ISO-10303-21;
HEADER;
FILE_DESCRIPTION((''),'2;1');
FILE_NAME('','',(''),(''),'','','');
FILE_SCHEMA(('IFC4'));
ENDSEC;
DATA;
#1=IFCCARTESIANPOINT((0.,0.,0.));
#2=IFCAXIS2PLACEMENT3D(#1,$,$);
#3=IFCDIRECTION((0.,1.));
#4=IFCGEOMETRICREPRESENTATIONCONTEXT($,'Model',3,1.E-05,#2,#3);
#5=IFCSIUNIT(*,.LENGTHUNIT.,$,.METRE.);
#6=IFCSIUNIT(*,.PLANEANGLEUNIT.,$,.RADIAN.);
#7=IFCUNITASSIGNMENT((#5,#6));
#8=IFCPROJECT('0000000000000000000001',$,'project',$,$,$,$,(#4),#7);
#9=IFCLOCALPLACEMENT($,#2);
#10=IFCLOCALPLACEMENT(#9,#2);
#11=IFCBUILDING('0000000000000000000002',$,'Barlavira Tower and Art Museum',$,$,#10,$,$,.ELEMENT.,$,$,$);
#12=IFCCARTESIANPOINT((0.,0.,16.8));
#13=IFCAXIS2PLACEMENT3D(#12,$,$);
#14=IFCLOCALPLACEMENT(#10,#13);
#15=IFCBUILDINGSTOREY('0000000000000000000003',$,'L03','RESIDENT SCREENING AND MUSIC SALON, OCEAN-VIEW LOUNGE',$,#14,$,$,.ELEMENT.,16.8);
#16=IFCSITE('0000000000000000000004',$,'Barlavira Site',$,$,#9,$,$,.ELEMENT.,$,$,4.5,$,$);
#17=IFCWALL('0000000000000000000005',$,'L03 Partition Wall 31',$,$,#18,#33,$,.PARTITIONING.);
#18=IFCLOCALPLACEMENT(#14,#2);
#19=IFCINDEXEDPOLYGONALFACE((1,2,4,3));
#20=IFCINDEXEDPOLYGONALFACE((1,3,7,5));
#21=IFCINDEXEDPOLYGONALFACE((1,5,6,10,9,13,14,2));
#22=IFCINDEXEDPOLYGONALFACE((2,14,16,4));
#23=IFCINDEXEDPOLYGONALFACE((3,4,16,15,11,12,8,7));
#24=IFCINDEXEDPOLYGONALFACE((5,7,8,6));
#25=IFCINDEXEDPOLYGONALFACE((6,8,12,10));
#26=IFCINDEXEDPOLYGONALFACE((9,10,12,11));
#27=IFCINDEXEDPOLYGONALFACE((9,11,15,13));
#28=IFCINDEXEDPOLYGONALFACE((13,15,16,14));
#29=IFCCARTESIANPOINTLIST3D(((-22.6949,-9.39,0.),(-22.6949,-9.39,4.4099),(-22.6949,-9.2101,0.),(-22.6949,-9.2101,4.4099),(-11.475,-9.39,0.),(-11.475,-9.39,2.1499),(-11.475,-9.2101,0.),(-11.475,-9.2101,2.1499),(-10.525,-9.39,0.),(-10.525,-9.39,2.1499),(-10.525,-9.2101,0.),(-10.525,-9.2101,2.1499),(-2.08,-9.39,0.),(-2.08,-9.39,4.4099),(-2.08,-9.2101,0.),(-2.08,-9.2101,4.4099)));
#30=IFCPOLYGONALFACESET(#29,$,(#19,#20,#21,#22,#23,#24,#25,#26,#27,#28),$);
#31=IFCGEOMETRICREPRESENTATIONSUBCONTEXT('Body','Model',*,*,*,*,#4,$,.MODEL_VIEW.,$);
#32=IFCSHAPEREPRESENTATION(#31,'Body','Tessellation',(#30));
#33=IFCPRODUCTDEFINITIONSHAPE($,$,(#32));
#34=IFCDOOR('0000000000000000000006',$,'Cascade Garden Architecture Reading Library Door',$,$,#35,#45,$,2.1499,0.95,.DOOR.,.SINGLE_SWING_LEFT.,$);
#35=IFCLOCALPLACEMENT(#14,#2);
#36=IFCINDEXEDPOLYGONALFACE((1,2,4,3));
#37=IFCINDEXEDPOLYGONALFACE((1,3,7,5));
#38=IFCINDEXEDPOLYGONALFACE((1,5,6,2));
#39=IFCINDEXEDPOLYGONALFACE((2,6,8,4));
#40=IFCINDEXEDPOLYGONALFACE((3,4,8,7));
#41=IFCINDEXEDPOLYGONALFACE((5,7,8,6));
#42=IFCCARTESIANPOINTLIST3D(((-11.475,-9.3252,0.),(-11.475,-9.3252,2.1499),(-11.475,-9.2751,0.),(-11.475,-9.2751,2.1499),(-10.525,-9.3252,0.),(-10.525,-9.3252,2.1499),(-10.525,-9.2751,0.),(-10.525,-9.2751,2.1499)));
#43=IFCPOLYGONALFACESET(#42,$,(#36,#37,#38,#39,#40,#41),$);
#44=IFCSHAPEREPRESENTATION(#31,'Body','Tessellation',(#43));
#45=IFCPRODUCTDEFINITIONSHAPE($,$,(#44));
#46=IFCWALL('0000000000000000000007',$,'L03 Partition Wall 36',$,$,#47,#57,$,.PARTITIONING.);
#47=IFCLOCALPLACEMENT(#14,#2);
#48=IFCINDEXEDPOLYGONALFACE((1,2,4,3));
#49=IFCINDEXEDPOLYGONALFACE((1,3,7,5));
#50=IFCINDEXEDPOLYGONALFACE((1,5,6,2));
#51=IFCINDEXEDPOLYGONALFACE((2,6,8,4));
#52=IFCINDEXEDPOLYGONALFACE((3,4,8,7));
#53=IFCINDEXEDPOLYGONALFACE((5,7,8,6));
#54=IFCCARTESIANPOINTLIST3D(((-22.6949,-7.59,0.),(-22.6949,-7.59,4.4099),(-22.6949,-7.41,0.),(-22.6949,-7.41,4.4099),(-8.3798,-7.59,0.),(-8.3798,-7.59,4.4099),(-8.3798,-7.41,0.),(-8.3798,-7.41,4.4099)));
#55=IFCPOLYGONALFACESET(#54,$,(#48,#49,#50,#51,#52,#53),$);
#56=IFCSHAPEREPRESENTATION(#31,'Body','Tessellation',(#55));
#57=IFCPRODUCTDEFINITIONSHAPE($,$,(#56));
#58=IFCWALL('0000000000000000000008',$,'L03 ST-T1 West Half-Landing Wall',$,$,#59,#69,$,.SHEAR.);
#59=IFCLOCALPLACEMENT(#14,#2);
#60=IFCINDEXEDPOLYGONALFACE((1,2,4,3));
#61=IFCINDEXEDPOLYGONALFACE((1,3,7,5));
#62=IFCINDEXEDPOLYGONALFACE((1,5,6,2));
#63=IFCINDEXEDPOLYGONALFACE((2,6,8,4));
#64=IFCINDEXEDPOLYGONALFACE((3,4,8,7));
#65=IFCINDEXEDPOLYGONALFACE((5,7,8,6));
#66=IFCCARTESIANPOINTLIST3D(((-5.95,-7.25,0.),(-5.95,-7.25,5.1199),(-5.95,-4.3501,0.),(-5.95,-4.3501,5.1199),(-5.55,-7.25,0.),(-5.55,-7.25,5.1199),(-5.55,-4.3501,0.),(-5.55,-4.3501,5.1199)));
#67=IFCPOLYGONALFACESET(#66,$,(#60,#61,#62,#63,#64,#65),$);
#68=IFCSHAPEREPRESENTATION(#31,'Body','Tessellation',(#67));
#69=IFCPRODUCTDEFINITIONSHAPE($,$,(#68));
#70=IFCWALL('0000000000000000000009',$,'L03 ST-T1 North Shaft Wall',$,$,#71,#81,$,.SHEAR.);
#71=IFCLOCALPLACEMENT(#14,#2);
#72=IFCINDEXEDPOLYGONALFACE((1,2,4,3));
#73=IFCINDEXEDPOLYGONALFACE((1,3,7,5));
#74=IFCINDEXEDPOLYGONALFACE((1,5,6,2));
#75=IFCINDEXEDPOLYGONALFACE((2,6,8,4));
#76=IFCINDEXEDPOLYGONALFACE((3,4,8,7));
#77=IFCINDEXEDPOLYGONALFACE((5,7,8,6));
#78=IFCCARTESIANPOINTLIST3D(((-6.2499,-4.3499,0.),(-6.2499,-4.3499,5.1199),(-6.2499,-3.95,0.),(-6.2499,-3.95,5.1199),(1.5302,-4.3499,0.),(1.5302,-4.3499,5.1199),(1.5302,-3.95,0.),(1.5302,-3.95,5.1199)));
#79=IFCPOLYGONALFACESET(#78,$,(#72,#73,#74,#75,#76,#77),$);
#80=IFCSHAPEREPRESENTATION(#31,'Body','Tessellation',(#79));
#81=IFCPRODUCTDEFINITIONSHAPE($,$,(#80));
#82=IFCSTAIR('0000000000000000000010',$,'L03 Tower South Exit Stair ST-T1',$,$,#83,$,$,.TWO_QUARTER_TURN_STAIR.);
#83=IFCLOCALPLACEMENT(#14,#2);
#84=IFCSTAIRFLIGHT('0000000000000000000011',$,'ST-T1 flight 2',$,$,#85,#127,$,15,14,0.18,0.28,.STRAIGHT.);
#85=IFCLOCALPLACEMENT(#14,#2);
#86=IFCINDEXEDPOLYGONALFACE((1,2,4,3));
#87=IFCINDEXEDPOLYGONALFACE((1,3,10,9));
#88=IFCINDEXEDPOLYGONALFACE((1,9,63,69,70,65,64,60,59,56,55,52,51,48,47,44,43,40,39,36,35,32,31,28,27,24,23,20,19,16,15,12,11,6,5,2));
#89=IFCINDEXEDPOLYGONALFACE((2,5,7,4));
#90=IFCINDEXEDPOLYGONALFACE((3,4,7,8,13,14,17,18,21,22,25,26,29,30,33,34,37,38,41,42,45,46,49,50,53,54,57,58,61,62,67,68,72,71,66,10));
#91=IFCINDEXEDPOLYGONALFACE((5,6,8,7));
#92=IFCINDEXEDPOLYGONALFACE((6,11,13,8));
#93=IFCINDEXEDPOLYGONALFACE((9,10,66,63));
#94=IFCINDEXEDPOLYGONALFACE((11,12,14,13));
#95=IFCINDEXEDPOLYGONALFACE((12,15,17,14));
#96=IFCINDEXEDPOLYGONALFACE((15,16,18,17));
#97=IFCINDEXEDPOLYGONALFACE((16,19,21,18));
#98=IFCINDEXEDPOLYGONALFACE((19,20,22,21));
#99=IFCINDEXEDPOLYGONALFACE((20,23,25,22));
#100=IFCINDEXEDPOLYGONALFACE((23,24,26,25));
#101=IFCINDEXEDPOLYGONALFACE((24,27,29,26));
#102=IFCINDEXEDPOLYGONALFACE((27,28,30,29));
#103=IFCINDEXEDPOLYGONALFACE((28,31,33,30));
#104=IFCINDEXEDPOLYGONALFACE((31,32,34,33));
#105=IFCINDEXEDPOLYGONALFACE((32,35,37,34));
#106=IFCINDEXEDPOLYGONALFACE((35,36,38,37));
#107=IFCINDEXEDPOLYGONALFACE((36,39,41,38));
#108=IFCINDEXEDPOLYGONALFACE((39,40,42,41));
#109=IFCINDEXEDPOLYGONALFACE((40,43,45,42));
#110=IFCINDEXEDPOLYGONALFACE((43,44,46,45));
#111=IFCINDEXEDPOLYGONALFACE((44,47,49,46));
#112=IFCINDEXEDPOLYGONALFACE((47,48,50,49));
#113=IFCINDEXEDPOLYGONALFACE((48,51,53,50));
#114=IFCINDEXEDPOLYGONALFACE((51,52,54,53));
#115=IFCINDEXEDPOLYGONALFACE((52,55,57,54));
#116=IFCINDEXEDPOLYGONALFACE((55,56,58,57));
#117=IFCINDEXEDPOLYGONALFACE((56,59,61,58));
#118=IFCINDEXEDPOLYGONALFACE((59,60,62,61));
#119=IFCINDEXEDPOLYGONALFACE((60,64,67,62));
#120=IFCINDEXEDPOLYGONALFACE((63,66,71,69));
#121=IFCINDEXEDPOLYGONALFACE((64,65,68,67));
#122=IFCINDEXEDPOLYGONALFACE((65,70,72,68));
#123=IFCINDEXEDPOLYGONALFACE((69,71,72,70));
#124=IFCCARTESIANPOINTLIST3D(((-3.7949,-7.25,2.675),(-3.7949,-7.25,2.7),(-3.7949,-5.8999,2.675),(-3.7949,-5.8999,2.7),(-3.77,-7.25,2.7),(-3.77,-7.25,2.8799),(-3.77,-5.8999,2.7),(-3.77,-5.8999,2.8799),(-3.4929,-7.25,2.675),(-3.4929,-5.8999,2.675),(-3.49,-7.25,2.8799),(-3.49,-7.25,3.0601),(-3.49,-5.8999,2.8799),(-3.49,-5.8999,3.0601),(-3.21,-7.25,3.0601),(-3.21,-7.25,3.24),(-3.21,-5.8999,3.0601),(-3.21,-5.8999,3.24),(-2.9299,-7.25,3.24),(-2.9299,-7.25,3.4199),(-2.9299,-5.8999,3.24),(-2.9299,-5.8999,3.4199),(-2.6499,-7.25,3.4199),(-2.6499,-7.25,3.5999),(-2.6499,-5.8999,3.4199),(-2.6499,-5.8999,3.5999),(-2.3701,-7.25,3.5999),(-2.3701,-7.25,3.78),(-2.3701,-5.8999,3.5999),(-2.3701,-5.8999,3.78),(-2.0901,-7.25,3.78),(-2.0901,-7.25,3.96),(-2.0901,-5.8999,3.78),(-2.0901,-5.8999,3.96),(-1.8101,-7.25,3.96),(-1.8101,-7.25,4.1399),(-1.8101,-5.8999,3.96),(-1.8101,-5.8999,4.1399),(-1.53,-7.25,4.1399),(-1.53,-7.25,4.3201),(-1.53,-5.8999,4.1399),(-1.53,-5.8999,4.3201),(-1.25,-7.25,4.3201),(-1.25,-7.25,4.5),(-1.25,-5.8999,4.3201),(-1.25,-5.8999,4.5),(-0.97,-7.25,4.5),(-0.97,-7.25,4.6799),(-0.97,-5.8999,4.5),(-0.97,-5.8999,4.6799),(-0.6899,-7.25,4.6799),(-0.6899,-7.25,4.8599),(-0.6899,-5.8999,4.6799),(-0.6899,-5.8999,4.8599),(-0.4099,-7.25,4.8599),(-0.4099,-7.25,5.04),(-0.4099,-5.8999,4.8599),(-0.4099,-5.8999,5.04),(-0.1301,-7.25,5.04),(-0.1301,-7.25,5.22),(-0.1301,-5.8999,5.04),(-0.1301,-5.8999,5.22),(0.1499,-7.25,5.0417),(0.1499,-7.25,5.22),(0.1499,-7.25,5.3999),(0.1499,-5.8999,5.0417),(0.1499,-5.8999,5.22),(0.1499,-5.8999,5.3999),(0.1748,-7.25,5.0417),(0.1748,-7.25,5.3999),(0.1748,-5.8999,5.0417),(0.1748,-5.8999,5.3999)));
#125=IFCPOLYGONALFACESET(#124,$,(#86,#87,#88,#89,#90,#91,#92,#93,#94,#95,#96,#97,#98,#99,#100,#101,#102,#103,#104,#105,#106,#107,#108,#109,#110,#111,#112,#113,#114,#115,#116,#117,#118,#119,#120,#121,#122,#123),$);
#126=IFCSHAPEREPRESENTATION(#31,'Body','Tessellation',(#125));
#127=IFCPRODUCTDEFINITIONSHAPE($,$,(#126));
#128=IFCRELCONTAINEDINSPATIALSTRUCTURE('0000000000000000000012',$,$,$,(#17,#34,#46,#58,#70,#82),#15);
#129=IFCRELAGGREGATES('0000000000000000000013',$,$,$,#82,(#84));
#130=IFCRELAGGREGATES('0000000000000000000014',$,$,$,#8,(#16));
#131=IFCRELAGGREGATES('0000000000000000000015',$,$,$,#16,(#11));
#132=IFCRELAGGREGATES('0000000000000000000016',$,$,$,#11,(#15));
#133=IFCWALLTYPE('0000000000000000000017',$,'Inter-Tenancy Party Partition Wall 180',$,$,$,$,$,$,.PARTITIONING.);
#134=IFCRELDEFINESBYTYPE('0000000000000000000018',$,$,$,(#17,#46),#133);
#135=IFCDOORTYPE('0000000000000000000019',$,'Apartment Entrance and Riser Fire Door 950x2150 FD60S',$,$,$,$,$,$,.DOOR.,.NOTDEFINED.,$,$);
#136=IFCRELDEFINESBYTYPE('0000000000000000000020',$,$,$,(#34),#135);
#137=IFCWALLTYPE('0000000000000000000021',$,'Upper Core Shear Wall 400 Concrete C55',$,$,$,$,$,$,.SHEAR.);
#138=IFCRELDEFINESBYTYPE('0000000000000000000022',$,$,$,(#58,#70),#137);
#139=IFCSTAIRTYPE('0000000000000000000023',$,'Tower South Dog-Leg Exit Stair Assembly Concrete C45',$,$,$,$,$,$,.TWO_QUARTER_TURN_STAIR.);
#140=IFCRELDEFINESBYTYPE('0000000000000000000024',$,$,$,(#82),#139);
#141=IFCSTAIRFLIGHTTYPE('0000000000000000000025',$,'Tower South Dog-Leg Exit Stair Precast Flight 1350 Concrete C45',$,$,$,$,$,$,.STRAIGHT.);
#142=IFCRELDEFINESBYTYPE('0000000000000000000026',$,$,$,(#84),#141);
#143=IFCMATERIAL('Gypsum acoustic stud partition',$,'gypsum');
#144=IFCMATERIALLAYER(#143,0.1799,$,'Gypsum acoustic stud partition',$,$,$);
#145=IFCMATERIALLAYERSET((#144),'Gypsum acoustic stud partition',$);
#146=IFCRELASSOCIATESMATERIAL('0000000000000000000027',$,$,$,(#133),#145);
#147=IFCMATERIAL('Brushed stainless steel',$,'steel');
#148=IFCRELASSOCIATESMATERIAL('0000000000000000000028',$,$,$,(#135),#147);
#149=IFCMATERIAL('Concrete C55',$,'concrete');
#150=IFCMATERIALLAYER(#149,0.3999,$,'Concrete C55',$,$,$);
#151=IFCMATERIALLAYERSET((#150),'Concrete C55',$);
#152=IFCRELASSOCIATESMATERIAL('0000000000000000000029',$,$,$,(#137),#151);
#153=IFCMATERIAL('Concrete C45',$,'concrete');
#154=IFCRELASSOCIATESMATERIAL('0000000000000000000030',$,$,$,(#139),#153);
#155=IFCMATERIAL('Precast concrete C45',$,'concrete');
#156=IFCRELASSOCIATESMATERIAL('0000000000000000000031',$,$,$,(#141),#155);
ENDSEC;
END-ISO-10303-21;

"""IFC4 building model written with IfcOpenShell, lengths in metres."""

from ifc_helpers import new_model, si_unit, direction, frame, frame_2d, origin, place, context, subcontext, project, spatial, polyline, rectangle, outline, extrude, material, layer, layer_set, type_object, element, fill, aggregate, save


model = new_model("IFC4")

# Units and contexts
model_context = context("Model", 3, precision=1e-05, world=origin(), true_north=direction((0.0, 1.0)))
body_context = subcontext(model_context, "Body", "Model", "MODEL_VIEW")
ifc_project = project(units=[si_unit("LENGTHUNIT", "METRE"), si_unit("PLANEANGLEUNIT", "RADIAN")], contexts=[model_context])

# Site, building, storey
site_placement = place(None, origin())
site = spatial("IfcSite", under=ifc_project, at=site_placement, Name="Barlavira Site", CompositionType="ELEMENT", RefElevation=4.5)
building_placement = place(site_placement, origin())
building = spatial("IfcBuilding", under=site, at=building_placement, Name="Barlavira Tower and Art Museum", CompositionType="ELEMENT")
storey_placement = place(building_placement, frame((0.0, 0.0, 16.8)))
storey = spatial("IfcBuildingStorey", under=building, at=storey_placement, Name="L03", Description="RESIDENT SCREENING AND MUSIC SALON, OCEAN-VIEW LOUNGE", CompositionType="ELEMENT", Elevation=16.8)

# Wall, opening, door
ifc_material_1 = material(Name="Gypsum acoustic stud partition", Category="gypsum")
ifc_layer_1 = layer(ifc_material_1, 0.1799, Name="Gypsum acoustic stud partition")
ifc_layer_set_1 = layer_set([ifc_layer_1], Name="Gypsum acoustic stud partition")
wall_type_1 = type_object("IfcWallType", Name="Inter-Tenancy Party Partition Wall 180", PredefinedType="PARTITIONING", material=ifc_layer_set_1)
ifc_material_2 = material(Name="Brushed stainless steel", Category="steel")
door_type = type_object("IfcDoorType", Name="Apartment Entrance and Riser Fire Door 950x2150 FD60S", OperationType="NOTDEFINED", PredefinedType="DOOR", material=ifc_material_2)
wall_1_placement = place(storey_placement, frame((-22.6951, -9.3, 0.0), z_axis=(0.0, 0.0, 1.0), x_axis=(1.0, 0.0, 0.0)))
wall_1 = element("IfcWall", 1, at=wall_1_placement, inside=storey, type_object=wall_type_1, Name="L03 Partition Wall 31", PredefinedType="PARTITIONING", context=body_context, shape_type="SweptSolid", body=[
    extrude(rectangle(XDim=20.615, YDim=0.1799, at=frame_2d((10.3076, 0.0))), origin(), (0.0, 0.0, 1.0), 4.4099),
])
opening_1_placement = place(wall_1_placement, frame((11.22, 0.0, 0.0)))
opening_1 = element("IfcOpeningElement", 2, at=opening_1_placement, cuts=wall_1, PredefinedType="OPENING", context=body_context, shape_type="SweptSolid", body=[
    extrude(rectangle(XDim=0.95, YDim=2.1499, at=frame_2d((0.4751, 1.075))), frame((0.0, 0.1001, 0.0), z_axis=(0.0, -1.0, 0.0), x_axis=(1.0, 0.0, 0.0)), (0.0, 0.0, 1.0), 0.2),
])
door_1_placement = place(opening_1_placement, origin())
door_1 = element("IfcDoor", 3, at=door_1_placement, inside=storey, type_object=door_type, Name="Cascade Garden Architecture Reading Library Door", OperationType="SINGLE_SWING_LEFT", OverallHeight=2.1499, OverallWidth=0.95, PredefinedType="DOOR", context=body_context, shape_type="SweptSolid", body=[
    extrude(rectangle(XDim=0.95, YDim=2.1499, at=frame_2d((0.4751, 1.075))), frame((0.0, 0.0249, 0.0), z_axis=(0.0, -1.0, 0.0), x_axis=(1.0, 0.0, 0.0)), (0.0, 0.0, 1.0), 0.05),
])
fill(opening_1, door_1)

# Walls
wall_2_placement = place(storey_placement, frame((-22.6951, -7.5, 0.0), z_axis=(0.0, 0.0, 1.0), x_axis=(1.0, 0.0, 0.0)))
element("IfcWall", 4, at=wall_2_placement, inside=storey, type_object=wall_type_1, Name="L03 Partition Wall 36", PredefinedType="PARTITIONING", context=body_context, shape_type="SweptSolid", body=[
    extrude(rectangle(XDim=14.3152, YDim=0.1799, at=frame_2d((7.1577, 0.0))), origin(), (0.0, 0.0, 1.0), 4.4099),
])
ifc_material_3 = material(Name="Concrete C55", Category="concrete")
ifc_layer_2 = layer(ifc_material_3, 0.3999, Name="Concrete C55")
ifc_layer_set_2 = layer_set([ifc_layer_2], Name="Concrete C55")
wall_type_2 = type_object("IfcWallType", Name="Upper Core Shear Wall 400 Concrete C55", PredefinedType="SHEAR", material=ifc_layer_set_2)
wall_3_placement = place(storey_placement, frame((-5.75, -7.25, 0.0), z_axis=(0.0, 0.0, 1.0), x_axis=(0.0, 1.0, 0.0)))
element("IfcWall", 5, at=wall_3_placement, inside=storey, type_object=wall_type_2, Name="L03 ST-T1 West Half-Landing Wall", PredefinedType="SHEAR", context=body_context, shape_type="SweptSolid", body=[
    extrude(rectangle(XDim=2.8999, YDim=0.3999, at=frame_2d((1.45, 0.0))), origin(), (0.0, 0.0, 1.0), 5.1199),
])
wall_4_placement = place(storey_placement, frame((-6.25, -4.1499, 0.0), z_axis=(0.0, 0.0, 1.0), x_axis=(1.0, 0.0, 0.0)))
element("IfcWall", 6, at=wall_4_placement, inside=storey, type_object=wall_type_2, Name="L03 ST-T1 North Shaft Wall", PredefinedType="SHEAR", context=body_context, shape_type="SweptSolid", body=[
    extrude(rectangle(XDim=7.78, YDim=0.3999, at=frame_2d((3.8901, 0.0))), origin(), (0.0, 0.0, 1.0), 5.1199),
])

# Stair, stair flight
ifc_material_4 = material(Name="Concrete C45", Category="concrete")
stair_type = type_object("IfcStairType", Name="Tower South Dog-Leg Exit Stair Assembly Concrete C45", PredefinedType="TWO_QUARTER_TURN_STAIR", material=ifc_material_4)
stair_placement = place(storey_placement, origin())
stair = element("IfcStair", 7, at=stair_placement, inside=storey, type_object=stair_type, Name="L03 Tower South Exit Stair ST-T1", PredefinedType="TWO_QUARTER_TURN_STAIR")
ifc_material_5 = material(Name="Precast concrete C45", Category="concrete")
stair_flight_type = type_object("IfcStairFlightType", Name="Tower South Dog-Leg Exit Stair Precast Flight 1350 Concrete C45", PredefinedType="STRAIGHT", material=ifc_material_5)
stair_flight_placement = place(storey_placement, frame((-3.77, -6.575, 2.7), z_axis=(0.0, 0.0, 1.0), x_axis=(1.0, 0.0, 0.0)))
stair_flight = element("IfcStairFlight", 8, at=stair_flight_placement, type_object=stair_flight_type, Name="ST-T1 flight 2", NumberOfRisers=15, NumberOfTreads=14, PredefinedType="STRAIGHT", RiserHeight=0.18, TreadLength=0.28, context=body_context, shape_type="SweptSolid", body=[
    extrude(outline(polyline([(-0.0249, 0.0), (0.0, 0.0), (0.0, 0.1799), (0.28, 0.1799), (0.28, 0.3601), (0.5601, 0.3601), (0.5601, 0.54), (0.8401, 0.54), (0.8401, 0.72), (1.1201, 0.72), (1.1201, 0.8999), (1.3999, 0.8999), (1.3999, 1.0801), (1.6799, 1.0801), (1.6799, 1.26), (1.96, 1.26), (1.96, 1.4399), (2.24, 1.4399), (2.24, 1.6201), (2.52, 1.6201), (2.52, 1.8), (2.8, 1.8), (2.8, 1.98), (3.0801, 1.98), (3.0801, 2.1599), (3.3601, 2.1599), (3.3601, 2.3401), (3.6399, 2.3401), (3.6399, 2.52), (3.9199, 2.52), (3.9199, 2.7), (3.9448, 2.7), (3.9448, 2.3418), (3.9199, 2.3418), (0.2771, -0.0249), (-0.0249, -0.0249), (-0.0249, 0.0)])), frame((0.0, 0.675, 0.0), z_axis=(0.0, -1.0, 0.0), x_axis=(1.0, 0.0, 0.0)), (0.0, 0.0, 1.0), 1.3501),
])
aggregate(stair, [stair_flight])

save(model, "model.ifc")
